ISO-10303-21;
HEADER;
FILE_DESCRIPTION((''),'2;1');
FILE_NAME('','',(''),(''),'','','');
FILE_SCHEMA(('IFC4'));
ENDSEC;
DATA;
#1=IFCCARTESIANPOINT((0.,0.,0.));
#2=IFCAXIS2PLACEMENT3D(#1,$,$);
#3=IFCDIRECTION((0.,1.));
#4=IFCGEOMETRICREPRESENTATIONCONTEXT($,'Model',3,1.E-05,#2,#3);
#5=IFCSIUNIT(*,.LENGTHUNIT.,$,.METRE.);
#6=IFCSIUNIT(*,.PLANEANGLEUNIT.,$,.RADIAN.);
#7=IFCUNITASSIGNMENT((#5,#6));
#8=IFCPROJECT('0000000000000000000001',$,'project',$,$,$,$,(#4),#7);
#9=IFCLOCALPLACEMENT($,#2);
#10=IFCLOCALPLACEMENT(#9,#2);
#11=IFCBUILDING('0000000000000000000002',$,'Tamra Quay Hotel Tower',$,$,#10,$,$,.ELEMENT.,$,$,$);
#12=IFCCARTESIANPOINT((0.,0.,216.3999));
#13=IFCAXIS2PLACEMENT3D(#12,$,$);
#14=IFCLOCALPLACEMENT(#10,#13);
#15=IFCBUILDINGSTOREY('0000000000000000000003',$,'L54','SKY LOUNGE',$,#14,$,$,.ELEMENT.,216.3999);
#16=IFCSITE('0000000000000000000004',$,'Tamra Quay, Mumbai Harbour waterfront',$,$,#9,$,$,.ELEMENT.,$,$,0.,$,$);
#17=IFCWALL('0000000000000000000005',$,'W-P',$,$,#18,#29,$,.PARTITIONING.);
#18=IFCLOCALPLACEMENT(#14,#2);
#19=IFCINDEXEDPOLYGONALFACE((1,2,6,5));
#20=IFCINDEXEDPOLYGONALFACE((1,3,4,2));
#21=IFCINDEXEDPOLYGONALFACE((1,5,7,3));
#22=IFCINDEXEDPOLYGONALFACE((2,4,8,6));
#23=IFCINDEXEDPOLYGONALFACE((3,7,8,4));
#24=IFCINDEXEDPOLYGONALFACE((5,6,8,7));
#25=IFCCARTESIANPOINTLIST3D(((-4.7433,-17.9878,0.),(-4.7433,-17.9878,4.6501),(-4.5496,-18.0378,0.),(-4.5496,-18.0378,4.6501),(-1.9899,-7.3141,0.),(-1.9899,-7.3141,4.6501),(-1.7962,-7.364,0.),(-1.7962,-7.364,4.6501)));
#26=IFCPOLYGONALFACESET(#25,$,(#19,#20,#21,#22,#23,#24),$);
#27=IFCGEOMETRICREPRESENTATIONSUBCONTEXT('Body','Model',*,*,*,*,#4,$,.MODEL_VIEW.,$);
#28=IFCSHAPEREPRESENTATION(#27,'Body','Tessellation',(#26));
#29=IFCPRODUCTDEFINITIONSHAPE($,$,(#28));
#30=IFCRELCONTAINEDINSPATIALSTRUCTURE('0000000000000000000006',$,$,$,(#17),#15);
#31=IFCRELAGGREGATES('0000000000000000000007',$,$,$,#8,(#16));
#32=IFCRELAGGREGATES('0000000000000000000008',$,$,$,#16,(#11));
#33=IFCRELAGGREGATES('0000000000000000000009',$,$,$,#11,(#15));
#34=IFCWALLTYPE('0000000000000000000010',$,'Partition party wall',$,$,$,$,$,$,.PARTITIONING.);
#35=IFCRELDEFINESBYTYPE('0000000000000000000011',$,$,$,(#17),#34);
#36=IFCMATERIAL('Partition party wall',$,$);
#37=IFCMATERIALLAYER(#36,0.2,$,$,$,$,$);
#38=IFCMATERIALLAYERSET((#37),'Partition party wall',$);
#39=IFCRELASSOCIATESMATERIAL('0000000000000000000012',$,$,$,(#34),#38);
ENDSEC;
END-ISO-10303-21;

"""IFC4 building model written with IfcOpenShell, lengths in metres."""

from ifc_helpers import new_model, si_unit, direction, frame, frame_2d, origin, place, context, subcontext, project, spatial, rectangle, extrude, material, layer, layer_set, type_object, element, save


model = new_model("IFC4")

# Units and contexts
model_context = context("Model", 3, precision=1e-05, world=origin(), true_north=direction((0.0, 1.0)))
body_context = subcontext(model_context, "Body", "Model", "MODEL_VIEW")
ifc_project = project(units=[si_unit("LENGTHUNIT", "METRE"), si_unit("PLANEANGLEUNIT", "RADIAN")], contexts=[model_context])

# Site, building, storey
site_placement = place(None, origin())
site = spatial("IfcSite", under=ifc_project, at=site_placement, Name="Tamra Quay, Mumbai Harbour waterfront", CompositionType="ELEMENT", RefElevation=0.0)
building_placement = place(site_placement, origin())
building = spatial("IfcBuilding", under=site, at=building_placement, Name="Tamra Quay Hotel Tower", CompositionType="ELEMENT")
storey_placement = place(building_placement, frame((0.0, 0.0, 216.3999)))
storey = spatial("IfcBuildingStorey", under=building, at=storey_placement, Name="L54", Description="SKY LOUNGE", CompositionType="ELEMENT", Elevation=216.3999)

# Wall
ifc_material_1 = material(Name="Partition party wall")
ifc_layer_1 = layer(ifc_material_1, 0.2)
ifc_layer_set_1 = layer_set([ifc_layer_1], Name="Partition party wall")
wall_type_1 = type_object("IfcWallType", Name="Partition party wall", PredefinedType="PARTITIONING", material=ifc_layer_set_1)
wall_1_placement = place(storey_placement, frame((-4.6465, -18.0129, 0.0), z_axis=(0.0, 0.0, 1.0), x_axis=(0.249783, 0.968302, 0.0)))
element("IfcWall", 1, at=wall_1_placement, inside=storey, type_object=wall_type_1, Name="W-P", PredefinedType="PARTITIONING", context=body_context, shape_type="SweptSolid", body=[
    extrude(rectangle(XDim=11.0232, YDim=0.2, at=frame_2d((5.5117, 0.0))), origin(), (0.0, 0.0, 1.0), 4.6501),
])

save(model, "model.ifc")
